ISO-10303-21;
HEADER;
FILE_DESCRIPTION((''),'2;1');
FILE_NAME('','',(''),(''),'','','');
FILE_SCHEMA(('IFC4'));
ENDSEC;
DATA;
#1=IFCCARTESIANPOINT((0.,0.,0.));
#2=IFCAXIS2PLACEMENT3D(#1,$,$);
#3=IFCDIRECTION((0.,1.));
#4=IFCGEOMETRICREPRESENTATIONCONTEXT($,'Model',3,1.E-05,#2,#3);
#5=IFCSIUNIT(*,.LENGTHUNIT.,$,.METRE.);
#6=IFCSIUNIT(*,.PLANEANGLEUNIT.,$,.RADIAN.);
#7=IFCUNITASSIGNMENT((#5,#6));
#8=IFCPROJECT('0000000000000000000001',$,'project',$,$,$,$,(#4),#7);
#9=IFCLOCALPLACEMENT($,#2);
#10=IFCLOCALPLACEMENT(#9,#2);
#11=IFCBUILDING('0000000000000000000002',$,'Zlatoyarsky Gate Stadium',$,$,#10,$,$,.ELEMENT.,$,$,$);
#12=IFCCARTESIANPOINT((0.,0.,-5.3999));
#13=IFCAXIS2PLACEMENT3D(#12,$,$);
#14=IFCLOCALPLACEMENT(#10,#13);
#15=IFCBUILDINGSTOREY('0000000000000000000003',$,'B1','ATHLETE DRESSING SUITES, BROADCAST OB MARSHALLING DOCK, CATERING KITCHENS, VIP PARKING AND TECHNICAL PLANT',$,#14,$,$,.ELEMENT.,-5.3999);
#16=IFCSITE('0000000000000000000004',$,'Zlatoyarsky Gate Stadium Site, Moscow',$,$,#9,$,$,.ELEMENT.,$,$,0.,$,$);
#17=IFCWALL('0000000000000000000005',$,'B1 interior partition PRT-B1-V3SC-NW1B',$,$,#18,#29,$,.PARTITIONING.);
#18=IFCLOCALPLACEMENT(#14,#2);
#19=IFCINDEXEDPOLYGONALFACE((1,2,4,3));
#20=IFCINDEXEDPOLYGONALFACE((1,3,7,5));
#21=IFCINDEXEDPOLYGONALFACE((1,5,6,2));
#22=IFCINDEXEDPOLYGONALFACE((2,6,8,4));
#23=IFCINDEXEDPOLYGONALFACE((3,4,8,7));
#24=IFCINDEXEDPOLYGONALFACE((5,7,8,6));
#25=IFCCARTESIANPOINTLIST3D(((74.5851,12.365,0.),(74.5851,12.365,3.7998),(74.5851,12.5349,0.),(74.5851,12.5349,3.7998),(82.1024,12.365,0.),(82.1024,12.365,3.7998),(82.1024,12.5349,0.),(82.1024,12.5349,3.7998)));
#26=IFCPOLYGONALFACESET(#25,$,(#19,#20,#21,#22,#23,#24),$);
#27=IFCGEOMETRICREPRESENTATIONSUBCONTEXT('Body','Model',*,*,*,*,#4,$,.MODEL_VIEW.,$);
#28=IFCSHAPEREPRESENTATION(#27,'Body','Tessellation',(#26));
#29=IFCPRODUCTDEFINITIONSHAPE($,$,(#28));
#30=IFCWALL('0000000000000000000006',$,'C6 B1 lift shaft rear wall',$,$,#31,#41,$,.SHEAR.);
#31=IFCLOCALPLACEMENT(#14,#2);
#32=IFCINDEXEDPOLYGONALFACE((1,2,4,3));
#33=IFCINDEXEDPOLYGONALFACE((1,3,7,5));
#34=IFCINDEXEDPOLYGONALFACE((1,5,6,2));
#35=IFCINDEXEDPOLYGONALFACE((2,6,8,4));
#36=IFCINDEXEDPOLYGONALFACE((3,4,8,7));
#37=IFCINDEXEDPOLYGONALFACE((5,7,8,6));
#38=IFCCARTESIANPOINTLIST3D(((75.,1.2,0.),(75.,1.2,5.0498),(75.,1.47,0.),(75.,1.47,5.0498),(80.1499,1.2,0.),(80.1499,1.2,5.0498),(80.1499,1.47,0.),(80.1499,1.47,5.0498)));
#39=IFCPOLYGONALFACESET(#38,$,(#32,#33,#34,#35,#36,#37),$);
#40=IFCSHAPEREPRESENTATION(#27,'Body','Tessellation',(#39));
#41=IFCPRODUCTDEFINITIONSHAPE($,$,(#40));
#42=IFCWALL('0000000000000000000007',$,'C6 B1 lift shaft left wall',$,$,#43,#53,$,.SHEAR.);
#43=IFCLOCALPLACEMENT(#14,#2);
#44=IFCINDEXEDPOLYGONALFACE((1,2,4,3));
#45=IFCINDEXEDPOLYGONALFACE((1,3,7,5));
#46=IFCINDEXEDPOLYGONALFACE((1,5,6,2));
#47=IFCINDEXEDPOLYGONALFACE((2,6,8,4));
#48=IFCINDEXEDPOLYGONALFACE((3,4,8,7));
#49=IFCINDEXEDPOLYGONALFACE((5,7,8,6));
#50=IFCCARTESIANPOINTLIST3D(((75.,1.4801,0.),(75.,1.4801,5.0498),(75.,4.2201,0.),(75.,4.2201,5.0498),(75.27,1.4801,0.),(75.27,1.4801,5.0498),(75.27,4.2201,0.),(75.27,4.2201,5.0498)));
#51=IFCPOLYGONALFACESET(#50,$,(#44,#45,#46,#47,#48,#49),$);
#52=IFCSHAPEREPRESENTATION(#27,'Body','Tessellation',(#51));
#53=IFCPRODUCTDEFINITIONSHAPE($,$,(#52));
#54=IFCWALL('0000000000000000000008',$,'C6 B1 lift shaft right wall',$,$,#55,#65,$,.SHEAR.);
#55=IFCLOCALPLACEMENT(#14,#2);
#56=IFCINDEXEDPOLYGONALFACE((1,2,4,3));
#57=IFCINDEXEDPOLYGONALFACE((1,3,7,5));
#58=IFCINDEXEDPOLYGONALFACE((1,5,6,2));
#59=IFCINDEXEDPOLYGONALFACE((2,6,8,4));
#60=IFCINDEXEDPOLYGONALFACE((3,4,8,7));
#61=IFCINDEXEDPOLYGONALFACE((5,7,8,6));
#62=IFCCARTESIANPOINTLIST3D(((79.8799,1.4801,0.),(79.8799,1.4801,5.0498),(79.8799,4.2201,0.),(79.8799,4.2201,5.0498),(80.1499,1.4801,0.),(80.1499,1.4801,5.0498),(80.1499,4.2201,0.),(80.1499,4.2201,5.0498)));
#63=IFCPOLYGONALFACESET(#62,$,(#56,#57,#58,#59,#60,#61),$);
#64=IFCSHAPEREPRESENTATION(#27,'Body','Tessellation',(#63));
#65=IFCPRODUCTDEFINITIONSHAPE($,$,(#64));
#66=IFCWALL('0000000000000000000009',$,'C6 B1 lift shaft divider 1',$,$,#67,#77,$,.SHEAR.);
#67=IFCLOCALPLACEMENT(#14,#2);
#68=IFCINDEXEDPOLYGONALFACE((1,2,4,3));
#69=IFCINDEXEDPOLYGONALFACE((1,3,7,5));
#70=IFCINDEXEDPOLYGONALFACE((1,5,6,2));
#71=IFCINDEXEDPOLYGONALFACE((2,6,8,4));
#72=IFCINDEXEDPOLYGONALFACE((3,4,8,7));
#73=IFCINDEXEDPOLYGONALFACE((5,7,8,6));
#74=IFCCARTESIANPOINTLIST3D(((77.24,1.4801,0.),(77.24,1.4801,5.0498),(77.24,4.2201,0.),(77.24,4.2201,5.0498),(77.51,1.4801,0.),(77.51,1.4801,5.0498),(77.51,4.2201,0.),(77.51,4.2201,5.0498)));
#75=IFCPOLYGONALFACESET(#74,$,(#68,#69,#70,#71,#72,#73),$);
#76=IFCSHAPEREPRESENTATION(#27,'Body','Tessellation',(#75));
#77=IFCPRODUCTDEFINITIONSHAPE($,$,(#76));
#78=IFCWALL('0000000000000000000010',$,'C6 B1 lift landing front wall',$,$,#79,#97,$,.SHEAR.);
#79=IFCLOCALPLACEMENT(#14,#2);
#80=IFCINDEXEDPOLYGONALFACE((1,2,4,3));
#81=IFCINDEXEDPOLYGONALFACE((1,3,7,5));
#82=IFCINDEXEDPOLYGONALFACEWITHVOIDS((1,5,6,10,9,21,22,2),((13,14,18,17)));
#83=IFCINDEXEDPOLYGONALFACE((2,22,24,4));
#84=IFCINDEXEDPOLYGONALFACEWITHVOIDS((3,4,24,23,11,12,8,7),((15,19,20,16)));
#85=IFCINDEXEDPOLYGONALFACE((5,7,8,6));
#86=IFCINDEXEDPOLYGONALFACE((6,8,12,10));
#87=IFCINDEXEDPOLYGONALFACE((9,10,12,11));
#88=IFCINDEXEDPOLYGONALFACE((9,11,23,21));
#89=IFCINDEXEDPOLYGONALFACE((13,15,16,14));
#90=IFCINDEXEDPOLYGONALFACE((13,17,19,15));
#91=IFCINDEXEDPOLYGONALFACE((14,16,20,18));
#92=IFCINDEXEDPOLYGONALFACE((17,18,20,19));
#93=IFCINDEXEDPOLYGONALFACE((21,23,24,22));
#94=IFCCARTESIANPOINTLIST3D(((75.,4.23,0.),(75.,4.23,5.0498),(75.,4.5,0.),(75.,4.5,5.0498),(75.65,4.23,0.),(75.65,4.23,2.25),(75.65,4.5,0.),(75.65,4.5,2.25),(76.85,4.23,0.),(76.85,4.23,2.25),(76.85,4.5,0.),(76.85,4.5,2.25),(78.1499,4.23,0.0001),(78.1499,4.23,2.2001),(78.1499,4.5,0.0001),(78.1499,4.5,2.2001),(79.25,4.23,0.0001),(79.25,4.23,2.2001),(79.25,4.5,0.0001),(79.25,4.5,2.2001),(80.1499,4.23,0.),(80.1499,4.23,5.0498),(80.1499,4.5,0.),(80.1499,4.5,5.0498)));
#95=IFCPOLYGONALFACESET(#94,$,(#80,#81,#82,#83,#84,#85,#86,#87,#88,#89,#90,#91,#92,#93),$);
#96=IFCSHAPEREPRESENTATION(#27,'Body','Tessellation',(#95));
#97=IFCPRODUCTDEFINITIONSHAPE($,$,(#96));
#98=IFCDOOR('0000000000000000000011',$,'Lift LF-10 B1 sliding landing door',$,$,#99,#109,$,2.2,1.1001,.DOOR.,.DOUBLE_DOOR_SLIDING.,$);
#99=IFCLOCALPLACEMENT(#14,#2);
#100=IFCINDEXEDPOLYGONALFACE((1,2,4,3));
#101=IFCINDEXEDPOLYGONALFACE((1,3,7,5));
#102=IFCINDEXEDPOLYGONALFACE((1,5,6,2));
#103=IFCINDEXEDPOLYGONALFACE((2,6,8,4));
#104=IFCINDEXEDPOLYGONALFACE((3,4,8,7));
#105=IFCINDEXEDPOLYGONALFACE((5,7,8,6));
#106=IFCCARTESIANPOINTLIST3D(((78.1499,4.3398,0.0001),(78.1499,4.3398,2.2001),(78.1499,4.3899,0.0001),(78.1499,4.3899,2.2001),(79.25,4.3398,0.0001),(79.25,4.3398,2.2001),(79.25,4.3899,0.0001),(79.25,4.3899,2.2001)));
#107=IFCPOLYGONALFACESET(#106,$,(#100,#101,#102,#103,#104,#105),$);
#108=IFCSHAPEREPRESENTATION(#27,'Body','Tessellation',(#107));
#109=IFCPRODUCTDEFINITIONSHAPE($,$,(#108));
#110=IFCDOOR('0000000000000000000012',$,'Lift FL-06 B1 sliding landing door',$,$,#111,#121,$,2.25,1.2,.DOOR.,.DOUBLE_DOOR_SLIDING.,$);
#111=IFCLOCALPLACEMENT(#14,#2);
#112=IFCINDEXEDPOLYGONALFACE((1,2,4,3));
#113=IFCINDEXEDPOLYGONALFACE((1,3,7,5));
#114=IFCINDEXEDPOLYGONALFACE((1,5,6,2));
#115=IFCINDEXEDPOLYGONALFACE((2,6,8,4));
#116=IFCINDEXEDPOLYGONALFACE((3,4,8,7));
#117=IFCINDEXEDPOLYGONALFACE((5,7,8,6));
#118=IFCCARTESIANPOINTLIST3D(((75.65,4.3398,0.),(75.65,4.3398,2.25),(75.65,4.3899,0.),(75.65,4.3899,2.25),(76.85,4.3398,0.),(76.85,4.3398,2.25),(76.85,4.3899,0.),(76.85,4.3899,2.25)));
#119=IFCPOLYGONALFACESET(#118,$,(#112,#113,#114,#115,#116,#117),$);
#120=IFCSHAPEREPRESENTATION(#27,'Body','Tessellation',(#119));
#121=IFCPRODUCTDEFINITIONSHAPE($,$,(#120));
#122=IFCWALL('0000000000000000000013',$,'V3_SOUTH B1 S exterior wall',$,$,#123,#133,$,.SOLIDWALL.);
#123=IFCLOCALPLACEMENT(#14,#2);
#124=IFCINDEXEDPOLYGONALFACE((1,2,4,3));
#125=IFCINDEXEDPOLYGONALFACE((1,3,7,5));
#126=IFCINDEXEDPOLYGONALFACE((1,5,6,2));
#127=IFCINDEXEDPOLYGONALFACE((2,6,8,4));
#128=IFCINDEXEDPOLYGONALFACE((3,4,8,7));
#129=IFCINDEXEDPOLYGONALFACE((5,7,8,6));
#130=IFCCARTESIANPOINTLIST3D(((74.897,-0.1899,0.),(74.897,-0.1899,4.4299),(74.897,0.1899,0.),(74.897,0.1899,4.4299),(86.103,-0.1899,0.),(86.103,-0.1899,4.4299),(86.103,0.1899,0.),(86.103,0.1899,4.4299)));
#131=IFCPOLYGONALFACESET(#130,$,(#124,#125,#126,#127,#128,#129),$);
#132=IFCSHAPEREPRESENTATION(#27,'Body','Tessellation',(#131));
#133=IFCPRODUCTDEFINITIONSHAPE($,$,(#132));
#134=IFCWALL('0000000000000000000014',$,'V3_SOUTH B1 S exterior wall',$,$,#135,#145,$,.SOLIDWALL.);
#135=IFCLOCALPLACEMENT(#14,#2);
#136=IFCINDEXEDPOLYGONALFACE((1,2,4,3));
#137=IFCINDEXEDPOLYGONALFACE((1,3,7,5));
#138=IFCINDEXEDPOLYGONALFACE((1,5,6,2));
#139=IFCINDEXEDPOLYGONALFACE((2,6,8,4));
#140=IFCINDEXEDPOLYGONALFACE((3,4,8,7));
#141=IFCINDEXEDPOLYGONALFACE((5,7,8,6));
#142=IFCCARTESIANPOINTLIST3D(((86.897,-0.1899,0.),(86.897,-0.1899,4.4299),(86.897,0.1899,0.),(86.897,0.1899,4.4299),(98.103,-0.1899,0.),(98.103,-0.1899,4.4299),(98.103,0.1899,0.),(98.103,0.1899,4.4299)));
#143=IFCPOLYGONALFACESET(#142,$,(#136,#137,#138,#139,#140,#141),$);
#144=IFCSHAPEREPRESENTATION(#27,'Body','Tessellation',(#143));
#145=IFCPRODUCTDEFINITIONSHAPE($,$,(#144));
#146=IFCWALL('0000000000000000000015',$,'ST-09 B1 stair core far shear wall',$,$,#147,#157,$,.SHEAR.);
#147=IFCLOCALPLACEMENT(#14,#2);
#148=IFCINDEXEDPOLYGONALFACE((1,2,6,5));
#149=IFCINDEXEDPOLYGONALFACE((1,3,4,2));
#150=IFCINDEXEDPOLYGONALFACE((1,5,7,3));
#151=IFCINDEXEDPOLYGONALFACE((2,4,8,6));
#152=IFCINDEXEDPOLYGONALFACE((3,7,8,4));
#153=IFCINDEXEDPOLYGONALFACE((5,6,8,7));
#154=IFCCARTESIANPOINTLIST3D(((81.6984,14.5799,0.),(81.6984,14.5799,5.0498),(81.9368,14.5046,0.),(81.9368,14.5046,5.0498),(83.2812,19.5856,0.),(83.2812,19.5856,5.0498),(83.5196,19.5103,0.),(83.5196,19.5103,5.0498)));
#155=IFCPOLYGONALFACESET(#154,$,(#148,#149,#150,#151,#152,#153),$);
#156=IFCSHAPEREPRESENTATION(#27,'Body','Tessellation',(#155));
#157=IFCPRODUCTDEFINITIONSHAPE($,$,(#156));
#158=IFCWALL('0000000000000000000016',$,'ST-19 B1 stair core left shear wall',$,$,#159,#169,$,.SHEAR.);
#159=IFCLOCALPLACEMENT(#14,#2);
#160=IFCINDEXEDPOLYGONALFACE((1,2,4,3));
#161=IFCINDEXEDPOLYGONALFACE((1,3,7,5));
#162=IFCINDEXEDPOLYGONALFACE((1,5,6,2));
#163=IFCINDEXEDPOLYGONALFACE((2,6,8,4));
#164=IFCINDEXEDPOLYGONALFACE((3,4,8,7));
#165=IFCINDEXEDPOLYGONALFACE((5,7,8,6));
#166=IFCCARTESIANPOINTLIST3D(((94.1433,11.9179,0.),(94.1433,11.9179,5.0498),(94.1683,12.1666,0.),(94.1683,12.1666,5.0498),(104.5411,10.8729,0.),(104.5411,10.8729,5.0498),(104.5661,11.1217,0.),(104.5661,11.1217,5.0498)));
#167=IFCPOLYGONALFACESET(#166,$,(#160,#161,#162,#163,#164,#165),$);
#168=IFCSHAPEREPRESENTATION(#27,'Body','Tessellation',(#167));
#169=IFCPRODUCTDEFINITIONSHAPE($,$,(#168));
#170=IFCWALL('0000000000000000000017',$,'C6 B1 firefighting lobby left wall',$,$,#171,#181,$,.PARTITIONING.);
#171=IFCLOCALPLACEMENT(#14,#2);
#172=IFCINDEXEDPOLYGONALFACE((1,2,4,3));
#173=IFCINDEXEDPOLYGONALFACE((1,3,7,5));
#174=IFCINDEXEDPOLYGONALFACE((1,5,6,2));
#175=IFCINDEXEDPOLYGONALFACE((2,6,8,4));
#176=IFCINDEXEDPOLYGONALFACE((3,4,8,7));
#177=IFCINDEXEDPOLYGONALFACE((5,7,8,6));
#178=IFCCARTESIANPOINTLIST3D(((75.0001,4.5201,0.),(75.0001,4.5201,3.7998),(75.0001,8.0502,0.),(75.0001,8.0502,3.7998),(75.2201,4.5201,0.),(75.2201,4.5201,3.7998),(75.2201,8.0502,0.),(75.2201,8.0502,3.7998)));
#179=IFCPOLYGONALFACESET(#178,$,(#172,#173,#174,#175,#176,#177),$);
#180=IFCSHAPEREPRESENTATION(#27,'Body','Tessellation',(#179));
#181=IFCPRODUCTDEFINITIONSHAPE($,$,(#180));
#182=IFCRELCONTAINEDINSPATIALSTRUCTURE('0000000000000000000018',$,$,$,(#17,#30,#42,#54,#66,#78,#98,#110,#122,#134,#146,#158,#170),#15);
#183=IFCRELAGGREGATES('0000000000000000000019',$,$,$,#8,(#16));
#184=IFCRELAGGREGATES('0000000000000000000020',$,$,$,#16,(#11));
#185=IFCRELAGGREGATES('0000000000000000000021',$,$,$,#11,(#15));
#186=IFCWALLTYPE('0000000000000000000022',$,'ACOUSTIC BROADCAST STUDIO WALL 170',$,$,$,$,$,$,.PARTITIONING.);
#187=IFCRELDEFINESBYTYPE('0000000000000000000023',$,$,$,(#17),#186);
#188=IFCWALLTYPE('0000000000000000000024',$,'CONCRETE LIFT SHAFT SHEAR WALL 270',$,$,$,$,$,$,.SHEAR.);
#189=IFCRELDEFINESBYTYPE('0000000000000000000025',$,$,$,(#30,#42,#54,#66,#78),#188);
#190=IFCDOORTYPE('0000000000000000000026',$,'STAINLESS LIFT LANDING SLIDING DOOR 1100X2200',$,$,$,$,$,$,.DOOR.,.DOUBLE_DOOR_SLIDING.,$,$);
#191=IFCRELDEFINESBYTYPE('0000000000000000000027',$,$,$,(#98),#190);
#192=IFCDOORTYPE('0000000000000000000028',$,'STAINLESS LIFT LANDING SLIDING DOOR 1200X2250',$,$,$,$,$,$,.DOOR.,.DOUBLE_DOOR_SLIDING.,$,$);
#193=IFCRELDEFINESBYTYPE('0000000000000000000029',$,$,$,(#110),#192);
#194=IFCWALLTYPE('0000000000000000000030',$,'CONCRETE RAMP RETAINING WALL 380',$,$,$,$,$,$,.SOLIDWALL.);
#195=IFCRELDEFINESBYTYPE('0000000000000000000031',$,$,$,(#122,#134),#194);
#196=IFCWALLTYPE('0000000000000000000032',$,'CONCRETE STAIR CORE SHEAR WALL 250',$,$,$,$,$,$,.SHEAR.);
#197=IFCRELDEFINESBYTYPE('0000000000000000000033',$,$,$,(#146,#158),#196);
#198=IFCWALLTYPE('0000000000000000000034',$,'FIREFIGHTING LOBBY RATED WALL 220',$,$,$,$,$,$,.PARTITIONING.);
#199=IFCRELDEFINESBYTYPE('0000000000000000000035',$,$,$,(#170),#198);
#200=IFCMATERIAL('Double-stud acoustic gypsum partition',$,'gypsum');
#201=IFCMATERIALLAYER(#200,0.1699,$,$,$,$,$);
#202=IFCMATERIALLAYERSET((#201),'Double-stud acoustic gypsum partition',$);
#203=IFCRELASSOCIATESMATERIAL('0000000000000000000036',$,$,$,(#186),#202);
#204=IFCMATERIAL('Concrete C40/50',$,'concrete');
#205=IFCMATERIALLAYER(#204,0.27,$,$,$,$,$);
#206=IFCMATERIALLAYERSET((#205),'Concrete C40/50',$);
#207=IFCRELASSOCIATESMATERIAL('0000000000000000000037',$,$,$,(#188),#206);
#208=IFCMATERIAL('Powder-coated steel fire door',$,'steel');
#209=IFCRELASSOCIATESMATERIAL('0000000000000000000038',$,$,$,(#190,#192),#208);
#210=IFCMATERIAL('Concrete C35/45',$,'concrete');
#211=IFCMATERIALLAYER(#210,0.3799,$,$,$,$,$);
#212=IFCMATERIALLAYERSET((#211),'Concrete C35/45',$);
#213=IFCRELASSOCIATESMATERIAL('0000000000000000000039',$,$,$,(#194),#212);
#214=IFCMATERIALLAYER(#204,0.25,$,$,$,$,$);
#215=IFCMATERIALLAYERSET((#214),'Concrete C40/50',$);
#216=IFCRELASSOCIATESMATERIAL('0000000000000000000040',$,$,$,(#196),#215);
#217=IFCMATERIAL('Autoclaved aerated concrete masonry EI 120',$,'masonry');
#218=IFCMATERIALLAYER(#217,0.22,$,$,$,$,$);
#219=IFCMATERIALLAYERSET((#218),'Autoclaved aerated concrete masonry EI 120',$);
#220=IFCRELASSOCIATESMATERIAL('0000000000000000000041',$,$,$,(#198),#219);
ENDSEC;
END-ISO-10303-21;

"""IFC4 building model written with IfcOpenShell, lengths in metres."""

from ifc_helpers import new_model, si_unit, direction, frame, frame_2d, origin, place, context, subcontext, project, spatial, rectangle, extrude, material, layer, layer_set, type_object, element, fill, save


model = new_model("IFC4")

# Units and contexts
model_context = context("Model", 3, precision=1e-05, world=origin(), true_north=direction((0.0, 1.0)))
body_context = subcontext(model_context, "Body", "Model", "MODEL_VIEW")
ifc_project = project(units=[si_unit("LENGTHUNIT", "METRE"), si_unit("PLANEANGLEUNIT", "RADIAN")], contexts=[model_context])

# Site, building, storey
site_placement = place(None, origin())
site = spatial("IfcSite", under=ifc_project, at=site_placement, Name="Zlatoyarsky Gate Stadium Site, Moscow", CompositionType="ELEMENT", RefElevation=0.0)
building_placement = place(site_placement, origin())
building = spatial("IfcBuilding", under=site, at=building_placement, Name="Zlatoyarsky Gate Stadium", CompositionType="ELEMENT")
storey_placement = place(building_placement, frame((0.0, 0.0, -5.3999)))
storey = spatial("IfcBuildingStorey", under=building, at=storey_placement, Name="B1", Description="ATHLETE DRESSING SUITES, BROADCAST OB MARSHALLING DOCK, CATERING KITCHENS, VIP PARKING AND TECHNICAL PLANT", CompositionType="ELEMENT", Elevation=-5.3999)

# Shared definitions
ifc_material_1 = material(Name="Concrete C35/45", Category="concrete")

# Shared definitions
ifc_material_2 = material(Name="Concrete C40/50", Category="concrete")

# Walls
ifc_material_3 = material(Name="Double-stud acoustic gypsum partition", Category="gypsum")
ifc_layer_1 = layer(ifc_material_3, 0.1699)
ifc_layer_set_1 = layer_set([ifc_layer_1], Name="Double-stud acoustic gypsum partition")
wall_type_1 = type_object("IfcWallType", Name="ACOUSTIC BROADCAST STUDIO WALL 170", PredefinedType="PARTITIONING", material=ifc_layer_set_1)
wall_1_placement = place(storey_placement, frame((74.585, 12.45, 0.0), z_axis=(0.0, 0.0, 1.0), x_axis=(1.0, 0.0, 0.0)))
element("IfcWall", 1, at=wall_1_placement, inside=storey, type_object=wall_type_1, Name="B1 interior partition PRT-B1-V3SC-NW1B", PredefinedType="PARTITIONING", context=body_context, shape_type="SweptSolid", body=[
    extrude(rectangle(XDim=7.5173, YDim=0.1699, at=frame_2d((3.7588, 0.0))), origin(), (0.0, 0.0, 1.0), 3.7998),
])
ifc_layer_2 = layer(ifc_material_2, 0.27)
ifc_layer_set_2 = layer_set([ifc_layer_2], Name="Concrete C40/50")
wall_type_2 = type_object("IfcWallType", Name="CONCRETE LIFT SHAFT SHEAR WALL 270", PredefinedType="SHEAR", material=ifc_layer_set_2)
wall_2_placement = place(storey_placement, frame((75.0, 1.335, 0.0), z_axis=(0.0, 0.0, 1.0), x_axis=(1.0, 0.0, 0.0)))
element("IfcWall", 2, at=wall_2_placement, inside=storey, type_object=wall_type_2, Name="C6 B1 lift shaft rear wall", PredefinedType="SHEAR", context=body_context, shape_type="SweptSolid", body=[
    extrude(rectangle(XDim=5.1499, YDim=0.27, at=frame_2d((2.575, 0.0))), origin(), (0.0, 0.0, 1.0), 5.0498),
])
for number, where, z_axis, x_axis, name in (
    (3, (75.135, 1.48, 0.0), (0.0, 0.0, 1.0), (0.0, 1.0, 0.0), "C6 B1 lift shaft left wall"),
    (4, (80.0149, 1.48, 0.0), (0.0, 0.0, 1.0), (0.0, 1.0, 0.0), "C6 B1 lift shaft right wall"),
    (5, (77.375, 1.48, 0.0), (0.0, 0.0, 1.0), (0.0, 1.0, 0.0), "C6 B1 lift shaft divider 1"),
):
    element("IfcWall", number, at=place(storey_placement, frame(where, z_axis=z_axis, x_axis=x_axis)), inside=storey, type_object=wall_type_2, Name=name, PredefinedType="SHEAR", context=body_context, shape_type="SweptSolid", body=[
        extrude(rectangle(XDim=2.74, YDim=0.27, at=frame_2d((1.3701, 0.0))), origin(), (0.0, 0.0, 1.0), 5.0498),
    ])

# Wall, openings, doors
wall_3_placement = place(storey_placement, frame((75.0, 4.365, 0.0), z_axis=(0.0, 0.0, 1.0), x_axis=(1.0, 0.0, 0.0)))
wall_3 = element("IfcWall", 6, at=wall_3_placement, inside=storey, type_object=wall_type_2, Name="C6 B1 lift landing front wall", PredefinedType="SHEAR", context=body_context, shape_type="SweptSolid", body=[
    extrude(rectangle(XDim=5.1499, YDim=0.27, at=frame_2d((2.575, 0.0))), origin(), (0.0, 0.0, 1.0), 5.0498),
])
opening_1_placement = place(wall_3_placement, frame((0.6499, 0.0, 0.0)))
opening_1 = element("IfcOpeningElement", 7, at=opening_1_placement, cuts=wall_3, PredefinedType="OPENING", context=body_context, shape_type="SweptSolid", body=[
    extrude(rectangle(XDim=1.2, YDim=2.25, at=frame_2d((0.6001, 1.125))), frame((0.0, 0.145, 0.0), z_axis=(0.0, -1.0, 0.0), x_axis=(1.0, 0.0, 0.0)), (0.0, 0.0, 1.0), 0.29),
])
opening_2_placement = place(wall_3_placement, frame((3.1499, 0.0, 0.0)))
opening_2 = element("IfcOpeningElement", 8, at=opening_2_placement, cuts=wall_3, PredefinedType="OPENING", context=body_context, shape_type="SweptSolid", body=[
    extrude(rectangle(XDim=1.1001, YDim=2.2, at=frame_2d((0.55, 1.1001))), frame((0.0, 0.145, 0.0), z_axis=(0.0, -1.0, 0.0), x_axis=(1.0, 0.0, 0.0)), (0.0, 0.0, 1.0), 0.29),
])
ifc_material_4 = material(Name="Powder-coated steel fire door", Category="steel")
door_type_1 = type_object("IfcDoorType", Name="STAINLESS LIFT LANDING SLIDING DOOR 1100X2200", OperationType="DOUBLE_DOOR_SLIDING", PredefinedType="DOOR", material=ifc_material_4)
door_1_placement = place(opening_2_placement, origin())
door_1 = element("IfcDoor", 9, at=door_1_placement, inside=storey, type_object=door_type_1, Name="Lift LF-10 B1 sliding landing door", OperationType="DOUBLE_DOOR_SLIDING", OverallHeight=2.2, OverallWidth=1.1001, PredefinedType="DOOR", context=body_context, shape_type="SweptSolid", body=[
    extrude(rectangle(XDim=1.1001, YDim=2.2, at=frame_2d((0.55, 1.1001))), frame((0.0, 0.0249, 0.0), z_axis=(0.0, -1.0, 0.0), x_axis=(1.0, 0.0, 0.0)), (0.0, 0.0, 1.0), 0.05),
])
fill(opening_2, door_1)
door_type_2 = type_object("IfcDoorType", Name="STAINLESS LIFT LANDING SLIDING DOOR 1200X2250", OperationType="DOUBLE_DOOR_SLIDING", PredefinedType="DOOR", material=ifc_material_4)
door_2_placement = place(opening_1_placement, origin())
door_2 = element("IfcDoor", 10, at=door_2_placement, inside=storey, type_object=door_type_2, Name="Lift FL-06 B1 sliding landing door", OperationType="DOUBLE_DOOR_SLIDING", OverallHeight=2.25, OverallWidth=1.2, PredefinedType="DOOR", context=body_context, shape_type="SweptSolid", body=[
    extrude(rectangle(XDim=1.2, YDim=2.25, at=frame_2d((0.6001, 1.125))), frame((0.0, 0.0249, 0.0), z_axis=(0.0, -1.0, 0.0), x_axis=(1.0, 0.0, 0.0)), (0.0, 0.0, 1.0), 0.05),
])
fill(opening_1, door_2)

# Walls
ifc_layer_3 = layer(ifc_material_1, 0.3799)
ifc_layer_set_3 = layer_set([ifc_layer_3], Name="Concrete C35/45")
wall_type_3 = type_object("IfcWallType", Name="CONCRETE RAMP RETAINING WALL 380", PredefinedType="SOLIDWALL", material=ifc_layer_set_3)
for number, where, z_axis, x_axis, name in (
    (11, (74.897, 0.0, 0.0), (0.0, 0.0, 1.0), (1.0, 0.0, 0.0), "V3_SOUTH B1 S exterior wall"),
    (12, (86.897, 0.0, 0.0), (0.0, 0.0, 1.0), (1.0, 0.0, 0.0), "V3_SOUTH B1 S exterior wall"),
):
    element("IfcWall", number, at=place(storey_placement, frame(where, z_axis=z_axis, x_axis=x_axis)), inside=storey, type_object=wall_type_3, Name=name, PredefinedType="SOLIDWALL", context=body_context, shape_type="SweptSolid", body=[
        extrude(rectangle(XDim=11.2061, YDim=0.3799, at=frame_2d((5.603, 0.0))), origin(), (0.0, 0.0, 1.0), 4.4299),
    ])
ifc_layer_4 = layer(ifc_material_2, 0.25)
ifc_layer_set_4 = layer_set([ifc_layer_4], Name="Concrete C40/50")
wall_type_4 = type_object("IfcWallType", Name="CONCRETE STAIR CORE SHEAR WALL 250", PredefinedType="SHEAR", material=ifc_layer_set_4)
wall_4_placement = place(storey_placement, frame((81.8176, 14.5422, 0.0), z_axis=(0.0, 0.0, 1.0), x_axis=(0.301485, 0.953471, 0.0)))
element("IfcWall", 13, at=wall_4_placement, inside=storey, type_object=wall_type_4, Name="ST-09 B1 stair core far shear wall", PredefinedType="SHEAR", context=body_context, shape_type="SweptSolid", body=[
    extrude(rectangle(XDim=5.25, YDim=0.25, at=frame_2d((2.625, 0.0))), origin(), (0.0, 0.0, 1.0), 5.0498),
])
wall_5_placement = place(storey_placement, frame((94.1558, 12.0422, 0.0), z_axis=(0.0, 0.0, 1.0), x_axis=(0.994988, -0.099992, 0.0)))
element("IfcWall", 14, at=wall_5_placement, inside=storey, type_object=wall_type_4, Name="ST-19 B1 stair core left shear wall", PredefinedType="SHEAR", context=body_context, shape_type="SweptSolid", body=[
    extrude(rectangle(XDim=10.4502, YDim=0.25, at=frame_2d((5.2251, 0.0))), origin(), (0.0, 0.0, 1.0), 5.0498),
])
ifc_material_5 = material(Name="Autoclaved aerated concrete masonry EI 120", Category="masonry")
ifc_layer_5 = layer(ifc_material_5, 0.22)
ifc_layer_set_5 = layer_set([ifc_layer_5], Name="Autoclaved aerated concrete masonry EI 120")
wall_type_5 = type_object("IfcWallType", Name="FIREFIGHTING LOBBY RATED WALL 220", PredefinedType="PARTITIONING", material=ifc_layer_set_5)
for number, where, z_axis, x_axis, name in (
    (15, (75.1101, 4.52, 0.0), (0.0, 0.0, 1.0), (0.0, 1.0, 0.0), "C6 B1 firefighting lobby left wall"),
):
    element("IfcWall", number, at=place(storey_placement, frame(where, z_axis=z_axis, x_axis=x_axis)), inside=storey, type_object=wall_type_5, Name=name, PredefinedType="PARTITIONING", context=body_context, shape_type="SweptSolid", body=[
        extrude(rectangle(XDim=3.53, YDim=0.22, at=frame_2d((1.7651, 0.0))), origin(), (0.0, 0.0, 1.0), 3.7998),
    ])

save(model, "model.ifc")
